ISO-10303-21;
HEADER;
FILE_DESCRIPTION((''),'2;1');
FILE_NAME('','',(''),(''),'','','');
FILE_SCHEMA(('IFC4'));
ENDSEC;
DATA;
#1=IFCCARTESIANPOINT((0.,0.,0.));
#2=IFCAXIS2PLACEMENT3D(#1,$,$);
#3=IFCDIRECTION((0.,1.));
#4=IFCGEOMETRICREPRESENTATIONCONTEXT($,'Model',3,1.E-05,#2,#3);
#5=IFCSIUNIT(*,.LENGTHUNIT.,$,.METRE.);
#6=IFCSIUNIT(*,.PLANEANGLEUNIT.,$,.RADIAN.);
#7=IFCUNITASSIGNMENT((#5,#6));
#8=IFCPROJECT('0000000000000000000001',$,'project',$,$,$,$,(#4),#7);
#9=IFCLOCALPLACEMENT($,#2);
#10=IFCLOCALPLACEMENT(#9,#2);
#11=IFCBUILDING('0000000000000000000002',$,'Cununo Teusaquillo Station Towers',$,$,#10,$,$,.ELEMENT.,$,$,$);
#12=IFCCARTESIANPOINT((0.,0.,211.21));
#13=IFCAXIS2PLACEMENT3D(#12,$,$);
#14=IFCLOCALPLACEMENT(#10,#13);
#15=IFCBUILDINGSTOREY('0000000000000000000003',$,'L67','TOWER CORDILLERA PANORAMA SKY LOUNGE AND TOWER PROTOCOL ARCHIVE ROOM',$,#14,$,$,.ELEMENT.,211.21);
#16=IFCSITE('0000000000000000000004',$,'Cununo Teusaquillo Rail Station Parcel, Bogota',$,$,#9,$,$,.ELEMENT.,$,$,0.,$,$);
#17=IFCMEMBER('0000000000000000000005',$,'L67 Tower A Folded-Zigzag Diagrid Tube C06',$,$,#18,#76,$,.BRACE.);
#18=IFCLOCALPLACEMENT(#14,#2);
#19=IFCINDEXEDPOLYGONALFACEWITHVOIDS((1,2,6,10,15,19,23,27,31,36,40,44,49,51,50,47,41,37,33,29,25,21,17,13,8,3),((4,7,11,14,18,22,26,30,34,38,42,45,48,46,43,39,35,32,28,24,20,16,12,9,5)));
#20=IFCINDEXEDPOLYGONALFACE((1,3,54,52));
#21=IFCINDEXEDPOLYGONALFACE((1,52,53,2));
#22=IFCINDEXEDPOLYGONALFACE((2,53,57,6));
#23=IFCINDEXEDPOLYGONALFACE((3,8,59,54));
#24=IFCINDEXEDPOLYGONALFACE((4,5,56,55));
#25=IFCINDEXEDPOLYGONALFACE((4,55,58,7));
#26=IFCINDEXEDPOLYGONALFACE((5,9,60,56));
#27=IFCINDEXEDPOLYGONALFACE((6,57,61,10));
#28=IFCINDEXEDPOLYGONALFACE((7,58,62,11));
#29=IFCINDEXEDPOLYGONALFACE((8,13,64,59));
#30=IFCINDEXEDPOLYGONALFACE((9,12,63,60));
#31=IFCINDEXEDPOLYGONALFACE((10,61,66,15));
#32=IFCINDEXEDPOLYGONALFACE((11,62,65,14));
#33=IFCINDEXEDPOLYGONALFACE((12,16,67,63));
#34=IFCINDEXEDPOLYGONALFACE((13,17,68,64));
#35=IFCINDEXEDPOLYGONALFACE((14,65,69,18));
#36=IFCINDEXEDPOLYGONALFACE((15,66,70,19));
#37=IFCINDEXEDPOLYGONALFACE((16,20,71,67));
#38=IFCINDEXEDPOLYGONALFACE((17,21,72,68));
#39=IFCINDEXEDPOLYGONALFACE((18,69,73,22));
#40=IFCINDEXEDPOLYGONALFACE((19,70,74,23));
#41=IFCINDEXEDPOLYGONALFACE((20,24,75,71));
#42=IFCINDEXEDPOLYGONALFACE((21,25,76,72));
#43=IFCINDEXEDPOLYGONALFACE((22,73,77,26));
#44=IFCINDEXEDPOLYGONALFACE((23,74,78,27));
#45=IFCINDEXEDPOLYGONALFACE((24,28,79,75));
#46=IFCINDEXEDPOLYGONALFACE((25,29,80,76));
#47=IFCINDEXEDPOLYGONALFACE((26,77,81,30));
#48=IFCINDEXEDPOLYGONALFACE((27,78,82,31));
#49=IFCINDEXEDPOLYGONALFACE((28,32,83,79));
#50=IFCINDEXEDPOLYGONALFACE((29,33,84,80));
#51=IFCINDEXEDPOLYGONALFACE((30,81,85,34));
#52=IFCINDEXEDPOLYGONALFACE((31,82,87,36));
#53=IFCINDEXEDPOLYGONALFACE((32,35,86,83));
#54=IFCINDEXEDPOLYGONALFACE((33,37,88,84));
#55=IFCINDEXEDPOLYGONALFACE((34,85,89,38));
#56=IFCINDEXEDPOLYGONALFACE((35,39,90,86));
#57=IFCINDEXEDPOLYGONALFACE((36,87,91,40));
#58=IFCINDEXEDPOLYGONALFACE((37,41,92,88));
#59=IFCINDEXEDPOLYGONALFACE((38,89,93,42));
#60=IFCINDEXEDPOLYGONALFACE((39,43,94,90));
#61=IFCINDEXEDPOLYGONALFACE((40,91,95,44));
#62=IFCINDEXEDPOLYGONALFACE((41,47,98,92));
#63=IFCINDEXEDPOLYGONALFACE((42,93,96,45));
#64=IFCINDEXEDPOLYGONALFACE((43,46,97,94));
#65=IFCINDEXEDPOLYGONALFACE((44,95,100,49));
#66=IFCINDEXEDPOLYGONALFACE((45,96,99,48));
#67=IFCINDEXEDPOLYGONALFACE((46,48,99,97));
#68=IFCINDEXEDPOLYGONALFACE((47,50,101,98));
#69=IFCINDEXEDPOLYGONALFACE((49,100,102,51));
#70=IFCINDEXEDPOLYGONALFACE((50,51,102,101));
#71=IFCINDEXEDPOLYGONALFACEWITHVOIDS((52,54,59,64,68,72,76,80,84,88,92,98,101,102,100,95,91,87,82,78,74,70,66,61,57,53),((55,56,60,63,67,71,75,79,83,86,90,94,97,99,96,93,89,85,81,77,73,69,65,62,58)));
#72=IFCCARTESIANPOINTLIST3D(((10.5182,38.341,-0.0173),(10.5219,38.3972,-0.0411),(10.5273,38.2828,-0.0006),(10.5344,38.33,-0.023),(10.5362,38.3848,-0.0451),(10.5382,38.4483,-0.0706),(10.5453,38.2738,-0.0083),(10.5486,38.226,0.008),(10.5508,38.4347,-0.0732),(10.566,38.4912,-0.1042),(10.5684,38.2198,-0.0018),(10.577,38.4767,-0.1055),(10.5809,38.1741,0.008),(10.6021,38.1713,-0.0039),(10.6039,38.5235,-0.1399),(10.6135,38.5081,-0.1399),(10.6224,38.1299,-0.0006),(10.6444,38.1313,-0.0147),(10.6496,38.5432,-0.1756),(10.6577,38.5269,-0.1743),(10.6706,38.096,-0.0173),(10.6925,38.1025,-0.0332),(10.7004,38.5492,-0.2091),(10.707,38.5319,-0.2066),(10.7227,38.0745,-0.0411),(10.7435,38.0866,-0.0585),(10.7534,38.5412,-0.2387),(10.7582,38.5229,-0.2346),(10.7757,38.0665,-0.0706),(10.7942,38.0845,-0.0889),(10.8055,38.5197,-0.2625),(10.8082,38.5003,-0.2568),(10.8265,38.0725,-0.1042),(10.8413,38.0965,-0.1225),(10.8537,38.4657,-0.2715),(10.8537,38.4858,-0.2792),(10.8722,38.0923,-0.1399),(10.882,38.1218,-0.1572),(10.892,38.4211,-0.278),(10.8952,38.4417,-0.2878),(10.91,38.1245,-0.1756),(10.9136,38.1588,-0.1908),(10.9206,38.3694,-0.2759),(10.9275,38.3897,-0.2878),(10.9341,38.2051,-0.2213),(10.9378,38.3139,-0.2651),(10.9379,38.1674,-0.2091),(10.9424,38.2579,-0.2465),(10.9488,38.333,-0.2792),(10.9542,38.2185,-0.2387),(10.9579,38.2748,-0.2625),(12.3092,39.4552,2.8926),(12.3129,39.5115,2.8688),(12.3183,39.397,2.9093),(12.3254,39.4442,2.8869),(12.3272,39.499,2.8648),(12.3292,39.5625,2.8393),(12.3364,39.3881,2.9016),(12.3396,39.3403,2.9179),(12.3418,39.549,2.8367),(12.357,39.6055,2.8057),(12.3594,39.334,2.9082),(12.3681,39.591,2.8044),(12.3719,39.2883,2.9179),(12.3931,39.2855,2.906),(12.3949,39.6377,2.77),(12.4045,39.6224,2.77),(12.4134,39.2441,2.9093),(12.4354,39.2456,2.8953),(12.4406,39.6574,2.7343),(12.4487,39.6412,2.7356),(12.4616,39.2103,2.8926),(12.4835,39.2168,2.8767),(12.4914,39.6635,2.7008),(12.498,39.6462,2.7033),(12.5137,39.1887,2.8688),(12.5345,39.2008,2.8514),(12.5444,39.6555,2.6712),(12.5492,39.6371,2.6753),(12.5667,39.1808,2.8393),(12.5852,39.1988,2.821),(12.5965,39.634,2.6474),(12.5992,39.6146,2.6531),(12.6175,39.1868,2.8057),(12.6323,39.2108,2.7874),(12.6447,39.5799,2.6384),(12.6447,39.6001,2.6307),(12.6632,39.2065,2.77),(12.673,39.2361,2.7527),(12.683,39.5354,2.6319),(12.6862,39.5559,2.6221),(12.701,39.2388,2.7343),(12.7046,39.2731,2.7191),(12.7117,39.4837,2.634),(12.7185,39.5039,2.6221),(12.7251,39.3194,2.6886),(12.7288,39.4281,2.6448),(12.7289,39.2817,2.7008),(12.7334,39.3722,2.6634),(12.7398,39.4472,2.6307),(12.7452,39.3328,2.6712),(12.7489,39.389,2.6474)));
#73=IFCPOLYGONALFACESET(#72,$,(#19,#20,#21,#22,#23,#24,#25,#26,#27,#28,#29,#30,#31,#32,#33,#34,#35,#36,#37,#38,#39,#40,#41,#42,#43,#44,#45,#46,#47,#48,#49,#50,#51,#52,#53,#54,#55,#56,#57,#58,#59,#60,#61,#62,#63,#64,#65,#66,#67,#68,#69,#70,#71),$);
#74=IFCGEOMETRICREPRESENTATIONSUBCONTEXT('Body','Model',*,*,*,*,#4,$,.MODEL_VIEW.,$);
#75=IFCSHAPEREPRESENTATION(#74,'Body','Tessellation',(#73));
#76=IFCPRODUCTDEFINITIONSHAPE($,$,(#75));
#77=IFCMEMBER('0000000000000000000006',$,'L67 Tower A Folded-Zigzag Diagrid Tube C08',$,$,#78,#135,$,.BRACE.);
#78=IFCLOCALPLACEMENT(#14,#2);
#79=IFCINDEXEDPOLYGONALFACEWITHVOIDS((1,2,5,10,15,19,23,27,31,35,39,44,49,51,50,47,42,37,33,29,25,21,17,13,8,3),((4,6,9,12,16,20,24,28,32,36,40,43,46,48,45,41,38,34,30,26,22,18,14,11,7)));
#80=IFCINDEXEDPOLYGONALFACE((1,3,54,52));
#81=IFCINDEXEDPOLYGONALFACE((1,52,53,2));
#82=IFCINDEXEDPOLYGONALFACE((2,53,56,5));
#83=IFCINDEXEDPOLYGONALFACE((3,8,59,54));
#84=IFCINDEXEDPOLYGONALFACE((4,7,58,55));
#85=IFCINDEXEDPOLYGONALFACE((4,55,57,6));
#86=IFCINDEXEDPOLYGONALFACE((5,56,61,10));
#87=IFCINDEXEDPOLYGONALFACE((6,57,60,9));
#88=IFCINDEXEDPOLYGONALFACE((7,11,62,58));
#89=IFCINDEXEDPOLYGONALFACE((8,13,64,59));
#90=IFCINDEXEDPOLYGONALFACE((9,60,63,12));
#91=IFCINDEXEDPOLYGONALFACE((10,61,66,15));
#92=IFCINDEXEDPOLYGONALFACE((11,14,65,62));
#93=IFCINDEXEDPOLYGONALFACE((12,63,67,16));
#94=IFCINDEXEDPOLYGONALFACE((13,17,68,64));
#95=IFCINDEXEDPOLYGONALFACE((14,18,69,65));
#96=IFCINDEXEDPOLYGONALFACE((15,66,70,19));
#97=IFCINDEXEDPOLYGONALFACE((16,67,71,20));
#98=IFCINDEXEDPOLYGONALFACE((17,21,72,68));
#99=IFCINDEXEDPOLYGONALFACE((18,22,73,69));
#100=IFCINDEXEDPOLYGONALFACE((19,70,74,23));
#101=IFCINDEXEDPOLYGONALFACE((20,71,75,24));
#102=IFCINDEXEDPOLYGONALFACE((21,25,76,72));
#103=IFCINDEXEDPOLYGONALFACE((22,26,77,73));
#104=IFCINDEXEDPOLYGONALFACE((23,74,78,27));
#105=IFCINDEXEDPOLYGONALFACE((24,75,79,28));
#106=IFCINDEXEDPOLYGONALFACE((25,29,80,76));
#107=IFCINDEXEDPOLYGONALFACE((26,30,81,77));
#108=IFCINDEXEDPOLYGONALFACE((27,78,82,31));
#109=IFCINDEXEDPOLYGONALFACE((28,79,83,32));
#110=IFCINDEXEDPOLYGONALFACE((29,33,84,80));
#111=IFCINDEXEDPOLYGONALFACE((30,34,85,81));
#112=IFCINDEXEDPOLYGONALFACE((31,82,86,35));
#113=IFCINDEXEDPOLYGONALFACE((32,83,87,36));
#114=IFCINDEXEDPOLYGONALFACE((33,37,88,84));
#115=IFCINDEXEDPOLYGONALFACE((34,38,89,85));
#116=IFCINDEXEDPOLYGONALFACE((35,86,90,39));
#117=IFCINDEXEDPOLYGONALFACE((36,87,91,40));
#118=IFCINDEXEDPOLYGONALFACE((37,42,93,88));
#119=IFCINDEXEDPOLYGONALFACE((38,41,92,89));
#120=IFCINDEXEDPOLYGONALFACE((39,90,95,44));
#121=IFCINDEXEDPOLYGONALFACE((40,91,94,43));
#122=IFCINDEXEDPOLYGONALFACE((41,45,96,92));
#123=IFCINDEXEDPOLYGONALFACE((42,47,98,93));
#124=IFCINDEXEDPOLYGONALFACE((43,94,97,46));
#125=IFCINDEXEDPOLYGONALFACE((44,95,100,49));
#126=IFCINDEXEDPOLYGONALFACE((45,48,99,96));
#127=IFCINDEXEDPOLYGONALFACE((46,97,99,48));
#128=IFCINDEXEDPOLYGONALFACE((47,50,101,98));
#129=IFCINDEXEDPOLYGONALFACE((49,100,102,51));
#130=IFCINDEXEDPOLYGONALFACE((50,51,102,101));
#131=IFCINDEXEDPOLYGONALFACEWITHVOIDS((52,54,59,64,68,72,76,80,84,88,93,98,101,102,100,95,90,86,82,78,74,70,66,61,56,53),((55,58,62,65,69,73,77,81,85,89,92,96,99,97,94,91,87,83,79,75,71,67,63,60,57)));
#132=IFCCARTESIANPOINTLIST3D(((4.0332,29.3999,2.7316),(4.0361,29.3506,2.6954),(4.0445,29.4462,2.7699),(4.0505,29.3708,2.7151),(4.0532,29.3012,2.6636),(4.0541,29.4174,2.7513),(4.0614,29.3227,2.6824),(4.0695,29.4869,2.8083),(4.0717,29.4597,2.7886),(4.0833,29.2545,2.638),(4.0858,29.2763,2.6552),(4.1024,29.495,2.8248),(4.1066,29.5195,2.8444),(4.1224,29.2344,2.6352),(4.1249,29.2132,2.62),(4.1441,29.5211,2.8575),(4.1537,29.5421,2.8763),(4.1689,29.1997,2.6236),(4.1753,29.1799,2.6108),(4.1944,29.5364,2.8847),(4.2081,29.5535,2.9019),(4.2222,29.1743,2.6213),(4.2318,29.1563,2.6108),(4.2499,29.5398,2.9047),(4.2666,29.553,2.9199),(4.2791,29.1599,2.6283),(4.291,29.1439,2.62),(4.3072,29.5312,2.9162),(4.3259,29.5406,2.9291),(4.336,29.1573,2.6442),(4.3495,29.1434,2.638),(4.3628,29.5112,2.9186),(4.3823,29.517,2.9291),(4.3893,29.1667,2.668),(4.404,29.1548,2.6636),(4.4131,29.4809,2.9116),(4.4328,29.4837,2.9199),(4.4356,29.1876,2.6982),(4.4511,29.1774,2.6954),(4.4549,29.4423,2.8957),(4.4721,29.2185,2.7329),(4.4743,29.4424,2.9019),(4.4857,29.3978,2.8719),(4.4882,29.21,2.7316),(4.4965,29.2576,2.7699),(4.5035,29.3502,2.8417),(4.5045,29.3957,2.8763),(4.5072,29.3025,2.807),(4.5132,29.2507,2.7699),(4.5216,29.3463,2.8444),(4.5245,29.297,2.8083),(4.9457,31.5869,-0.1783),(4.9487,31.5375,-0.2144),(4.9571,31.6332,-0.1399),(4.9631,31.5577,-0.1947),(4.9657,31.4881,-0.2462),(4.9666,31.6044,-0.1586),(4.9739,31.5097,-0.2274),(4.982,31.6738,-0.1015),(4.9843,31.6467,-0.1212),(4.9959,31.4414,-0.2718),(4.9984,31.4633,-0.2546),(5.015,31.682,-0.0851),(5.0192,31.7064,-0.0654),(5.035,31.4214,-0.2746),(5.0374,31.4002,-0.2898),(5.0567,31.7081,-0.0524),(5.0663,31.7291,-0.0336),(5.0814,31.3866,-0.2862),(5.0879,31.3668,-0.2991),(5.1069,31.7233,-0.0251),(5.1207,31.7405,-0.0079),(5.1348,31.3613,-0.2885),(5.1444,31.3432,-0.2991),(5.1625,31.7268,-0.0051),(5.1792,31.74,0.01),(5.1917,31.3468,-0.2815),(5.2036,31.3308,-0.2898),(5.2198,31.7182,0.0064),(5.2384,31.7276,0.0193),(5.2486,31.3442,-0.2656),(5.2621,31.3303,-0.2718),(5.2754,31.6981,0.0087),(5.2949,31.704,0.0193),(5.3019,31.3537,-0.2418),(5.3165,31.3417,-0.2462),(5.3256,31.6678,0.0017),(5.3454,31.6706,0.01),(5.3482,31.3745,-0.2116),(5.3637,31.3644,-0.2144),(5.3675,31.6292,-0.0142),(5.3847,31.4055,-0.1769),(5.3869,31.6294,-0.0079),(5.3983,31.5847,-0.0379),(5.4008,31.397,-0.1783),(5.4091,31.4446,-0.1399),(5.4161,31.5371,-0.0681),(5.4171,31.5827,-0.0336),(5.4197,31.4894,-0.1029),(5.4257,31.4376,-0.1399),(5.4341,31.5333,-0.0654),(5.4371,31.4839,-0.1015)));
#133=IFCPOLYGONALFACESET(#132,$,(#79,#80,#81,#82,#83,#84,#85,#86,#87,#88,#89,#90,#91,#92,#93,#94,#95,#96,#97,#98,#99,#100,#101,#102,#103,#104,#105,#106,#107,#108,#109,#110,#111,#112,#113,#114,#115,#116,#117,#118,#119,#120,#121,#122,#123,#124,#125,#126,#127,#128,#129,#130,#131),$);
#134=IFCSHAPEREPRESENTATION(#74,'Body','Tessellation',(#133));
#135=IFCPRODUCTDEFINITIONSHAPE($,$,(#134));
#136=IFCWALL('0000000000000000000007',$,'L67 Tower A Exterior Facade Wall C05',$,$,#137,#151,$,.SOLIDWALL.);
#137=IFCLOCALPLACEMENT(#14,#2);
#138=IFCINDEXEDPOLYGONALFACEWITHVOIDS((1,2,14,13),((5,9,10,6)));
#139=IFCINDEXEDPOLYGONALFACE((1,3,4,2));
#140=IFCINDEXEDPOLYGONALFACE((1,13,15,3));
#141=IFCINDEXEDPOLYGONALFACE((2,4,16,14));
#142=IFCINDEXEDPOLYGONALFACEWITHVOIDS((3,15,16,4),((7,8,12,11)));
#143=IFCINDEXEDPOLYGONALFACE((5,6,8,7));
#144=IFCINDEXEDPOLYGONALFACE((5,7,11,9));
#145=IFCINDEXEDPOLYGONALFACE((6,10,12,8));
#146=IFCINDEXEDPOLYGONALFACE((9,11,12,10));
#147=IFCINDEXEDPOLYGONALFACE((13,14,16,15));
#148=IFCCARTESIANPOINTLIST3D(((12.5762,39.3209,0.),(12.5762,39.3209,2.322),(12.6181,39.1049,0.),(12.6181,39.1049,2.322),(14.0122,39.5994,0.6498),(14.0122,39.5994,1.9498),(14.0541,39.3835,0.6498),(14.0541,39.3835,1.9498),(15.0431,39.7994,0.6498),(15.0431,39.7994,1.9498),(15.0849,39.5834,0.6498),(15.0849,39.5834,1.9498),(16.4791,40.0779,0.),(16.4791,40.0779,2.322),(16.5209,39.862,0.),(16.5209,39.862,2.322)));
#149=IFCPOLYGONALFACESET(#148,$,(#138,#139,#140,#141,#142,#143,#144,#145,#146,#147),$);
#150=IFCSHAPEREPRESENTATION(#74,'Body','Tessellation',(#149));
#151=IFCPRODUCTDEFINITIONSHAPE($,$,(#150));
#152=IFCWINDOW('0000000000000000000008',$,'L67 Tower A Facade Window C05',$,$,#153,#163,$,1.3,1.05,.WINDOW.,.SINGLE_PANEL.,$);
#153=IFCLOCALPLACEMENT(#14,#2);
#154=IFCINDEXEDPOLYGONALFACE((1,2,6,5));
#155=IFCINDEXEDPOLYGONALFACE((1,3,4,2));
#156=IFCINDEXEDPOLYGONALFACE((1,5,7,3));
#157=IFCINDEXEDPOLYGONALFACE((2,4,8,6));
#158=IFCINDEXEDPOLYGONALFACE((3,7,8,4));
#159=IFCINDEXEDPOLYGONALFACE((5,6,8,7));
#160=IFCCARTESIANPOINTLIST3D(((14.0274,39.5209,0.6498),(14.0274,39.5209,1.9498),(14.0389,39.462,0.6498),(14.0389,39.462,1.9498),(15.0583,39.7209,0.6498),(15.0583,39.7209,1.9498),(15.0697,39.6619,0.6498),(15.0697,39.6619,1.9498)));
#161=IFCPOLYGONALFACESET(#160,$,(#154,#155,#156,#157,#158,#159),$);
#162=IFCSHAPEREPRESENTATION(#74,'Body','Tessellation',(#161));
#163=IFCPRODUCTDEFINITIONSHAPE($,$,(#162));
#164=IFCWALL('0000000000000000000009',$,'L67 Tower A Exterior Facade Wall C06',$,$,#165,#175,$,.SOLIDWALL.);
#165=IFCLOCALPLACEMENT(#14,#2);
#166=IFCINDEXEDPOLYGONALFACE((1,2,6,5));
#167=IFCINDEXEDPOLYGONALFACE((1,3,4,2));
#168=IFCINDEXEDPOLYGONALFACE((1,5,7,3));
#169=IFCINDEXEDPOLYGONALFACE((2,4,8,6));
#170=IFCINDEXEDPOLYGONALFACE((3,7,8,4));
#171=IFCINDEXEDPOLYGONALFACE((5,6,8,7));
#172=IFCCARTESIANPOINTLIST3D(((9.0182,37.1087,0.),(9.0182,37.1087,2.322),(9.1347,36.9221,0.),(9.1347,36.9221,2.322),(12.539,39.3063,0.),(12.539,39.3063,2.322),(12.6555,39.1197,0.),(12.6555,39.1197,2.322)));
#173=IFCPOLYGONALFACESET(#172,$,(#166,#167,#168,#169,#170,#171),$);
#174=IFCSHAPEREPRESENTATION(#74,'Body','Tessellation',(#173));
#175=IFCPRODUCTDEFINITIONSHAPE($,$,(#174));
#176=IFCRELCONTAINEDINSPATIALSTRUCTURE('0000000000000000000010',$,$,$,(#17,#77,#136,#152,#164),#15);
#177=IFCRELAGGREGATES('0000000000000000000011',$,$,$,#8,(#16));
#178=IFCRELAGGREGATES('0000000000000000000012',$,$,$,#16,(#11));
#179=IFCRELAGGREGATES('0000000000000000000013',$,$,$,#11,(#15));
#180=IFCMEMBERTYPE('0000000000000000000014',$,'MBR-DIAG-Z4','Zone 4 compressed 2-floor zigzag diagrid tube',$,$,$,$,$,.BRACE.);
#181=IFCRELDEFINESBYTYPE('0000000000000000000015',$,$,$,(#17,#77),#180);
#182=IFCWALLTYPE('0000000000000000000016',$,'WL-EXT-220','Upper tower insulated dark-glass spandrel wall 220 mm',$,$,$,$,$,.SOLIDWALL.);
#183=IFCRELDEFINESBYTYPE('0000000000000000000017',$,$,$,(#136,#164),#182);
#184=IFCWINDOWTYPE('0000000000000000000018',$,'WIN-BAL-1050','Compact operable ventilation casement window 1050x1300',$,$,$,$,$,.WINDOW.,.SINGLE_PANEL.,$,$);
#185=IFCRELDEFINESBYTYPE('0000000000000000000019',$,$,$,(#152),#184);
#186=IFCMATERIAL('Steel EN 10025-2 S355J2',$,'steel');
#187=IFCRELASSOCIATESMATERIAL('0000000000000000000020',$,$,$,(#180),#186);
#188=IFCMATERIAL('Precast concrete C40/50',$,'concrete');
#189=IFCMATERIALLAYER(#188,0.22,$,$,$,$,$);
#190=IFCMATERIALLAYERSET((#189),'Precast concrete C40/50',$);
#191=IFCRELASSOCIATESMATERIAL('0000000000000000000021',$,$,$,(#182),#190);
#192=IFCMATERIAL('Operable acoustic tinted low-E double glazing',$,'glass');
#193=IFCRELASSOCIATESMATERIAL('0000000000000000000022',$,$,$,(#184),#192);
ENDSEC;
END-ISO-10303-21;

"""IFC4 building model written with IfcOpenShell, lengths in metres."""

from ifc_helpers import new_model, si_unit, direction, frame, frame_2d, origin, origin_2d, place, context, subcontext, project, spatial, rectangle, hollow_circle, extrude, source, transform, mapped, material, layer, layer_set, material_profile, profile_set, type_object, element, fill, save


model = new_model("IFC4")

# Units and contexts
model_context = context("Model", 3, precision=1e-05, world=origin(), true_north=direction((0.0, 1.0)))
body_context = subcontext(model_context, "Body", "Model", "MODEL_VIEW")
ifc_project = project(units=[si_unit("LENGTHUNIT", "METRE"), si_unit("PLANEANGLEUNIT", "RADIAN")], contexts=[model_context])

# Site, building, storey
site_placement = place(None, origin())
site = spatial("IfcSite", under=ifc_project, at=site_placement, Name="Cununo Teusaquillo Rail Station Parcel, Bogota", CompositionType="ELEMENT", RefElevation=0.0)
building_placement = place(site_placement, origin())
building = spatial("IfcBuilding", under=site, at=building_placement, Name="Cununo Teusaquillo Station Towers", CompositionType="ELEMENT")
storey_placement = place(building_placement, frame((0.0, 0.0, 211.21)))
storey = spatial("IfcBuildingStorey", under=building, at=storey_placement, Name="L67", Description="TOWER CORDILLERA PANORAMA SKY LOUNGE AND TOWER PROTOCOL ARCHIVE ROOM", CompositionType="ELEMENT", Elevation=211.21)

# Members
ifc_material_1 = material(Name="Steel EN 10025-2 S355J2", Category="steel")
ifc_material_profile_1 = material_profile(ifc_material_1, hollow_circle(Radius=0.2539, WallThickness=0.0181, at=origin_2d()), Name="CHS 508x18")
ifc_profile_set_1 = profile_set([ifc_material_profile_1], Name="Steel EN 10025-2 S355J2")
member_type = type_object("IfcMemberType", Name="MBR-DIAG-Z4", Description="Zone 4 compressed 2-floor zigzag diagrid tube", PredefinedType="BRACE", material=ifc_profile_set_1)
member_1_placement = place(storey_placement, frame((10.738, 38.3079, -0.1399), z_axis=(0.498334, 0.310032, 0.809656), x_axis=(-0.52825, 0.849089, 0.0)))
element("IfcMember", 1, at=member_1_placement, inside=storey, type_object=member_type, Name="L67 Tower A Folded-Zigzag Diagrid Tube C06", PredefinedType="BRACE", context=body_context, shape_type="SweptSolid", body=[
    extrude(hollow_circle(Radius=0.2539, WallThickness=0.0181, at=origin_2d()), origin(), (0.0, 0.0, 1.0), 3.594),
])
member_2_placement = place(storey_placement, frame((5.1914, 31.5354, -0.1399), z_axis=(-0.243178, -0.582769, 0.775399), x_axis=(0.922876, -0.385098, 0.0)))
element("IfcMember", 2, at=member_2_placement, inside=storey, type_object=member_type, Name="L67 Tower A Folded-Zigzag Diagrid Tube C08", PredefinedType="BRACE", context=body_context, shape_type="SweptSolid", body=[
    extrude(hollow_circle(Radius=0.2539, WallThickness=0.0181, at=origin_2d()), origin(), (0.0, 0.0, 1.0), 3.7527),
])

# Wall, opening, window
ifc_material_2 = material(Name="Precast concrete C40/50", Category="concrete")
ifc_layer_1 = layer(ifc_material_2, 0.22)
ifc_layer_set_1 = layer_set([ifc_layer_1], Name="Precast concrete C40/50")
wall_type_1 = type_object("IfcWallType", Name="WL-EXT-220", Description="Upper tower insulated dark-glass spandrel wall 220 mm", PredefinedType="SOLIDWALL", material=ifc_layer_set_1)
wall_1_placement = place(storey_placement, frame((12.5972, 39.2129, 0.0), z_axis=(0.0, 0.0, 1.0), x_axis=(0.9817, 0.190432, 0.0)))
wall_1 = element("IfcWall", 3, at=wall_1_placement, inside=storey, type_object=wall_type_1, Name="L67 Tower A Exterior Facade Wall C05", PredefinedType="SOLIDWALL", context=body_context, shape_type="SweptSolid", body=[
    extrude(rectangle(XDim=3.9756, YDim=0.22, at=frame_2d((1.9878, 0.0))), origin(), (0.0, 0.0, 1.0), 2.322),
])
shared_shape_1 = source(origin(), body_context, "Body", "SweptSolid", [
    extrude(rectangle(XDim=1.05, YDim=1.3, at=frame_2d((0.5249, 0.6499))), frame((0.0, 0.1199, 0.0), z_axis=(0.0, -1.0, 0.0), x_axis=(1.0, 0.0, 0.0)), (0.0, 0.0, 1.0), 0.24),
])
opening_1_placement = place(wall_1_placement, frame((1.4629, 0.0, 0.6499)))
opening_1 = element("IfcOpeningElement", 4, at=opening_1_placement, cuts=wall_1, PredefinedType="OPENING", context=body_context, shape_type="MappedRepresentation", body=[
    mapped(shared_shape_1, transform((0.0, 0.0, 0.0), x_axis=(1.0, 0.0, 0.0), y_axis=(0.0, 1.0, 0.0), z_axis=(0.0, 0.0, 1.0), scale=1.0)),
])
ifc_material_3 = material(Name="Operable acoustic tinted low-E double glazing", Category="glass")
window_type = type_object("IfcWindowType", Name="WIN-BAL-1050", Description="Compact operable ventilation casement window 1050x1300", PartitioningType="SINGLE_PANEL", PredefinedType="WINDOW", material=ifc_material_3)
shared_shape_2 = source(origin(), body_context, "Body", "SweptSolid", [
    extrude(rectangle(XDim=1.05, YDim=1.3, at=frame_2d((0.5249, 0.6499))), frame((0.0, 0.03, 0.0), z_axis=(0.0, -1.0, 0.0), x_axis=(1.0, 0.0, 0.0)), (0.0, 0.0, 1.0), 0.0601),
])
window_1_placement = place(opening_1_placement, origin())
window_1 = element("IfcWindow", 5, at=window_1_placement, inside=storey, type_object=window_type, Name="L67 Tower A Facade Window C05", OverallHeight=1.3, OverallWidth=1.05, PartitioningType="SINGLE_PANEL", PredefinedType="WINDOW", context=body_context, shape_type="MappedRepresentation", body=[
    mapped(shared_shape_2, transform((0.0, 0.0, 0.0), x_axis=(1.0, 0.0, 0.0), y_axis=(0.0, 1.0, 0.0), z_axis=(0.0, 0.0, 1.0), scale=1.0)),
])
fill(opening_1, window_1)

# Wall
wall_2_placement = place(storey_placement, frame((9.0764, 37.0154, 0.0), z_axis=(0.0, 0.0, 1.0), x_axis=(0.848319, 0.529486, 0.0)))
element("IfcWall", 6, at=wall_2_placement, inside=storey, type_object=wall_type_1, Name="L67 Tower A Exterior Facade Wall C06", PredefinedType="SOLIDWALL", context=body_context, shape_type="SweptSolid", body=[
    extrude(rectangle(XDim=4.1504, YDim=0.22, at=frame_2d((2.0752, 0.0))), origin(), (0.0, 0.0, 1.0), 2.322),
])

save(model, "model.ifc")
